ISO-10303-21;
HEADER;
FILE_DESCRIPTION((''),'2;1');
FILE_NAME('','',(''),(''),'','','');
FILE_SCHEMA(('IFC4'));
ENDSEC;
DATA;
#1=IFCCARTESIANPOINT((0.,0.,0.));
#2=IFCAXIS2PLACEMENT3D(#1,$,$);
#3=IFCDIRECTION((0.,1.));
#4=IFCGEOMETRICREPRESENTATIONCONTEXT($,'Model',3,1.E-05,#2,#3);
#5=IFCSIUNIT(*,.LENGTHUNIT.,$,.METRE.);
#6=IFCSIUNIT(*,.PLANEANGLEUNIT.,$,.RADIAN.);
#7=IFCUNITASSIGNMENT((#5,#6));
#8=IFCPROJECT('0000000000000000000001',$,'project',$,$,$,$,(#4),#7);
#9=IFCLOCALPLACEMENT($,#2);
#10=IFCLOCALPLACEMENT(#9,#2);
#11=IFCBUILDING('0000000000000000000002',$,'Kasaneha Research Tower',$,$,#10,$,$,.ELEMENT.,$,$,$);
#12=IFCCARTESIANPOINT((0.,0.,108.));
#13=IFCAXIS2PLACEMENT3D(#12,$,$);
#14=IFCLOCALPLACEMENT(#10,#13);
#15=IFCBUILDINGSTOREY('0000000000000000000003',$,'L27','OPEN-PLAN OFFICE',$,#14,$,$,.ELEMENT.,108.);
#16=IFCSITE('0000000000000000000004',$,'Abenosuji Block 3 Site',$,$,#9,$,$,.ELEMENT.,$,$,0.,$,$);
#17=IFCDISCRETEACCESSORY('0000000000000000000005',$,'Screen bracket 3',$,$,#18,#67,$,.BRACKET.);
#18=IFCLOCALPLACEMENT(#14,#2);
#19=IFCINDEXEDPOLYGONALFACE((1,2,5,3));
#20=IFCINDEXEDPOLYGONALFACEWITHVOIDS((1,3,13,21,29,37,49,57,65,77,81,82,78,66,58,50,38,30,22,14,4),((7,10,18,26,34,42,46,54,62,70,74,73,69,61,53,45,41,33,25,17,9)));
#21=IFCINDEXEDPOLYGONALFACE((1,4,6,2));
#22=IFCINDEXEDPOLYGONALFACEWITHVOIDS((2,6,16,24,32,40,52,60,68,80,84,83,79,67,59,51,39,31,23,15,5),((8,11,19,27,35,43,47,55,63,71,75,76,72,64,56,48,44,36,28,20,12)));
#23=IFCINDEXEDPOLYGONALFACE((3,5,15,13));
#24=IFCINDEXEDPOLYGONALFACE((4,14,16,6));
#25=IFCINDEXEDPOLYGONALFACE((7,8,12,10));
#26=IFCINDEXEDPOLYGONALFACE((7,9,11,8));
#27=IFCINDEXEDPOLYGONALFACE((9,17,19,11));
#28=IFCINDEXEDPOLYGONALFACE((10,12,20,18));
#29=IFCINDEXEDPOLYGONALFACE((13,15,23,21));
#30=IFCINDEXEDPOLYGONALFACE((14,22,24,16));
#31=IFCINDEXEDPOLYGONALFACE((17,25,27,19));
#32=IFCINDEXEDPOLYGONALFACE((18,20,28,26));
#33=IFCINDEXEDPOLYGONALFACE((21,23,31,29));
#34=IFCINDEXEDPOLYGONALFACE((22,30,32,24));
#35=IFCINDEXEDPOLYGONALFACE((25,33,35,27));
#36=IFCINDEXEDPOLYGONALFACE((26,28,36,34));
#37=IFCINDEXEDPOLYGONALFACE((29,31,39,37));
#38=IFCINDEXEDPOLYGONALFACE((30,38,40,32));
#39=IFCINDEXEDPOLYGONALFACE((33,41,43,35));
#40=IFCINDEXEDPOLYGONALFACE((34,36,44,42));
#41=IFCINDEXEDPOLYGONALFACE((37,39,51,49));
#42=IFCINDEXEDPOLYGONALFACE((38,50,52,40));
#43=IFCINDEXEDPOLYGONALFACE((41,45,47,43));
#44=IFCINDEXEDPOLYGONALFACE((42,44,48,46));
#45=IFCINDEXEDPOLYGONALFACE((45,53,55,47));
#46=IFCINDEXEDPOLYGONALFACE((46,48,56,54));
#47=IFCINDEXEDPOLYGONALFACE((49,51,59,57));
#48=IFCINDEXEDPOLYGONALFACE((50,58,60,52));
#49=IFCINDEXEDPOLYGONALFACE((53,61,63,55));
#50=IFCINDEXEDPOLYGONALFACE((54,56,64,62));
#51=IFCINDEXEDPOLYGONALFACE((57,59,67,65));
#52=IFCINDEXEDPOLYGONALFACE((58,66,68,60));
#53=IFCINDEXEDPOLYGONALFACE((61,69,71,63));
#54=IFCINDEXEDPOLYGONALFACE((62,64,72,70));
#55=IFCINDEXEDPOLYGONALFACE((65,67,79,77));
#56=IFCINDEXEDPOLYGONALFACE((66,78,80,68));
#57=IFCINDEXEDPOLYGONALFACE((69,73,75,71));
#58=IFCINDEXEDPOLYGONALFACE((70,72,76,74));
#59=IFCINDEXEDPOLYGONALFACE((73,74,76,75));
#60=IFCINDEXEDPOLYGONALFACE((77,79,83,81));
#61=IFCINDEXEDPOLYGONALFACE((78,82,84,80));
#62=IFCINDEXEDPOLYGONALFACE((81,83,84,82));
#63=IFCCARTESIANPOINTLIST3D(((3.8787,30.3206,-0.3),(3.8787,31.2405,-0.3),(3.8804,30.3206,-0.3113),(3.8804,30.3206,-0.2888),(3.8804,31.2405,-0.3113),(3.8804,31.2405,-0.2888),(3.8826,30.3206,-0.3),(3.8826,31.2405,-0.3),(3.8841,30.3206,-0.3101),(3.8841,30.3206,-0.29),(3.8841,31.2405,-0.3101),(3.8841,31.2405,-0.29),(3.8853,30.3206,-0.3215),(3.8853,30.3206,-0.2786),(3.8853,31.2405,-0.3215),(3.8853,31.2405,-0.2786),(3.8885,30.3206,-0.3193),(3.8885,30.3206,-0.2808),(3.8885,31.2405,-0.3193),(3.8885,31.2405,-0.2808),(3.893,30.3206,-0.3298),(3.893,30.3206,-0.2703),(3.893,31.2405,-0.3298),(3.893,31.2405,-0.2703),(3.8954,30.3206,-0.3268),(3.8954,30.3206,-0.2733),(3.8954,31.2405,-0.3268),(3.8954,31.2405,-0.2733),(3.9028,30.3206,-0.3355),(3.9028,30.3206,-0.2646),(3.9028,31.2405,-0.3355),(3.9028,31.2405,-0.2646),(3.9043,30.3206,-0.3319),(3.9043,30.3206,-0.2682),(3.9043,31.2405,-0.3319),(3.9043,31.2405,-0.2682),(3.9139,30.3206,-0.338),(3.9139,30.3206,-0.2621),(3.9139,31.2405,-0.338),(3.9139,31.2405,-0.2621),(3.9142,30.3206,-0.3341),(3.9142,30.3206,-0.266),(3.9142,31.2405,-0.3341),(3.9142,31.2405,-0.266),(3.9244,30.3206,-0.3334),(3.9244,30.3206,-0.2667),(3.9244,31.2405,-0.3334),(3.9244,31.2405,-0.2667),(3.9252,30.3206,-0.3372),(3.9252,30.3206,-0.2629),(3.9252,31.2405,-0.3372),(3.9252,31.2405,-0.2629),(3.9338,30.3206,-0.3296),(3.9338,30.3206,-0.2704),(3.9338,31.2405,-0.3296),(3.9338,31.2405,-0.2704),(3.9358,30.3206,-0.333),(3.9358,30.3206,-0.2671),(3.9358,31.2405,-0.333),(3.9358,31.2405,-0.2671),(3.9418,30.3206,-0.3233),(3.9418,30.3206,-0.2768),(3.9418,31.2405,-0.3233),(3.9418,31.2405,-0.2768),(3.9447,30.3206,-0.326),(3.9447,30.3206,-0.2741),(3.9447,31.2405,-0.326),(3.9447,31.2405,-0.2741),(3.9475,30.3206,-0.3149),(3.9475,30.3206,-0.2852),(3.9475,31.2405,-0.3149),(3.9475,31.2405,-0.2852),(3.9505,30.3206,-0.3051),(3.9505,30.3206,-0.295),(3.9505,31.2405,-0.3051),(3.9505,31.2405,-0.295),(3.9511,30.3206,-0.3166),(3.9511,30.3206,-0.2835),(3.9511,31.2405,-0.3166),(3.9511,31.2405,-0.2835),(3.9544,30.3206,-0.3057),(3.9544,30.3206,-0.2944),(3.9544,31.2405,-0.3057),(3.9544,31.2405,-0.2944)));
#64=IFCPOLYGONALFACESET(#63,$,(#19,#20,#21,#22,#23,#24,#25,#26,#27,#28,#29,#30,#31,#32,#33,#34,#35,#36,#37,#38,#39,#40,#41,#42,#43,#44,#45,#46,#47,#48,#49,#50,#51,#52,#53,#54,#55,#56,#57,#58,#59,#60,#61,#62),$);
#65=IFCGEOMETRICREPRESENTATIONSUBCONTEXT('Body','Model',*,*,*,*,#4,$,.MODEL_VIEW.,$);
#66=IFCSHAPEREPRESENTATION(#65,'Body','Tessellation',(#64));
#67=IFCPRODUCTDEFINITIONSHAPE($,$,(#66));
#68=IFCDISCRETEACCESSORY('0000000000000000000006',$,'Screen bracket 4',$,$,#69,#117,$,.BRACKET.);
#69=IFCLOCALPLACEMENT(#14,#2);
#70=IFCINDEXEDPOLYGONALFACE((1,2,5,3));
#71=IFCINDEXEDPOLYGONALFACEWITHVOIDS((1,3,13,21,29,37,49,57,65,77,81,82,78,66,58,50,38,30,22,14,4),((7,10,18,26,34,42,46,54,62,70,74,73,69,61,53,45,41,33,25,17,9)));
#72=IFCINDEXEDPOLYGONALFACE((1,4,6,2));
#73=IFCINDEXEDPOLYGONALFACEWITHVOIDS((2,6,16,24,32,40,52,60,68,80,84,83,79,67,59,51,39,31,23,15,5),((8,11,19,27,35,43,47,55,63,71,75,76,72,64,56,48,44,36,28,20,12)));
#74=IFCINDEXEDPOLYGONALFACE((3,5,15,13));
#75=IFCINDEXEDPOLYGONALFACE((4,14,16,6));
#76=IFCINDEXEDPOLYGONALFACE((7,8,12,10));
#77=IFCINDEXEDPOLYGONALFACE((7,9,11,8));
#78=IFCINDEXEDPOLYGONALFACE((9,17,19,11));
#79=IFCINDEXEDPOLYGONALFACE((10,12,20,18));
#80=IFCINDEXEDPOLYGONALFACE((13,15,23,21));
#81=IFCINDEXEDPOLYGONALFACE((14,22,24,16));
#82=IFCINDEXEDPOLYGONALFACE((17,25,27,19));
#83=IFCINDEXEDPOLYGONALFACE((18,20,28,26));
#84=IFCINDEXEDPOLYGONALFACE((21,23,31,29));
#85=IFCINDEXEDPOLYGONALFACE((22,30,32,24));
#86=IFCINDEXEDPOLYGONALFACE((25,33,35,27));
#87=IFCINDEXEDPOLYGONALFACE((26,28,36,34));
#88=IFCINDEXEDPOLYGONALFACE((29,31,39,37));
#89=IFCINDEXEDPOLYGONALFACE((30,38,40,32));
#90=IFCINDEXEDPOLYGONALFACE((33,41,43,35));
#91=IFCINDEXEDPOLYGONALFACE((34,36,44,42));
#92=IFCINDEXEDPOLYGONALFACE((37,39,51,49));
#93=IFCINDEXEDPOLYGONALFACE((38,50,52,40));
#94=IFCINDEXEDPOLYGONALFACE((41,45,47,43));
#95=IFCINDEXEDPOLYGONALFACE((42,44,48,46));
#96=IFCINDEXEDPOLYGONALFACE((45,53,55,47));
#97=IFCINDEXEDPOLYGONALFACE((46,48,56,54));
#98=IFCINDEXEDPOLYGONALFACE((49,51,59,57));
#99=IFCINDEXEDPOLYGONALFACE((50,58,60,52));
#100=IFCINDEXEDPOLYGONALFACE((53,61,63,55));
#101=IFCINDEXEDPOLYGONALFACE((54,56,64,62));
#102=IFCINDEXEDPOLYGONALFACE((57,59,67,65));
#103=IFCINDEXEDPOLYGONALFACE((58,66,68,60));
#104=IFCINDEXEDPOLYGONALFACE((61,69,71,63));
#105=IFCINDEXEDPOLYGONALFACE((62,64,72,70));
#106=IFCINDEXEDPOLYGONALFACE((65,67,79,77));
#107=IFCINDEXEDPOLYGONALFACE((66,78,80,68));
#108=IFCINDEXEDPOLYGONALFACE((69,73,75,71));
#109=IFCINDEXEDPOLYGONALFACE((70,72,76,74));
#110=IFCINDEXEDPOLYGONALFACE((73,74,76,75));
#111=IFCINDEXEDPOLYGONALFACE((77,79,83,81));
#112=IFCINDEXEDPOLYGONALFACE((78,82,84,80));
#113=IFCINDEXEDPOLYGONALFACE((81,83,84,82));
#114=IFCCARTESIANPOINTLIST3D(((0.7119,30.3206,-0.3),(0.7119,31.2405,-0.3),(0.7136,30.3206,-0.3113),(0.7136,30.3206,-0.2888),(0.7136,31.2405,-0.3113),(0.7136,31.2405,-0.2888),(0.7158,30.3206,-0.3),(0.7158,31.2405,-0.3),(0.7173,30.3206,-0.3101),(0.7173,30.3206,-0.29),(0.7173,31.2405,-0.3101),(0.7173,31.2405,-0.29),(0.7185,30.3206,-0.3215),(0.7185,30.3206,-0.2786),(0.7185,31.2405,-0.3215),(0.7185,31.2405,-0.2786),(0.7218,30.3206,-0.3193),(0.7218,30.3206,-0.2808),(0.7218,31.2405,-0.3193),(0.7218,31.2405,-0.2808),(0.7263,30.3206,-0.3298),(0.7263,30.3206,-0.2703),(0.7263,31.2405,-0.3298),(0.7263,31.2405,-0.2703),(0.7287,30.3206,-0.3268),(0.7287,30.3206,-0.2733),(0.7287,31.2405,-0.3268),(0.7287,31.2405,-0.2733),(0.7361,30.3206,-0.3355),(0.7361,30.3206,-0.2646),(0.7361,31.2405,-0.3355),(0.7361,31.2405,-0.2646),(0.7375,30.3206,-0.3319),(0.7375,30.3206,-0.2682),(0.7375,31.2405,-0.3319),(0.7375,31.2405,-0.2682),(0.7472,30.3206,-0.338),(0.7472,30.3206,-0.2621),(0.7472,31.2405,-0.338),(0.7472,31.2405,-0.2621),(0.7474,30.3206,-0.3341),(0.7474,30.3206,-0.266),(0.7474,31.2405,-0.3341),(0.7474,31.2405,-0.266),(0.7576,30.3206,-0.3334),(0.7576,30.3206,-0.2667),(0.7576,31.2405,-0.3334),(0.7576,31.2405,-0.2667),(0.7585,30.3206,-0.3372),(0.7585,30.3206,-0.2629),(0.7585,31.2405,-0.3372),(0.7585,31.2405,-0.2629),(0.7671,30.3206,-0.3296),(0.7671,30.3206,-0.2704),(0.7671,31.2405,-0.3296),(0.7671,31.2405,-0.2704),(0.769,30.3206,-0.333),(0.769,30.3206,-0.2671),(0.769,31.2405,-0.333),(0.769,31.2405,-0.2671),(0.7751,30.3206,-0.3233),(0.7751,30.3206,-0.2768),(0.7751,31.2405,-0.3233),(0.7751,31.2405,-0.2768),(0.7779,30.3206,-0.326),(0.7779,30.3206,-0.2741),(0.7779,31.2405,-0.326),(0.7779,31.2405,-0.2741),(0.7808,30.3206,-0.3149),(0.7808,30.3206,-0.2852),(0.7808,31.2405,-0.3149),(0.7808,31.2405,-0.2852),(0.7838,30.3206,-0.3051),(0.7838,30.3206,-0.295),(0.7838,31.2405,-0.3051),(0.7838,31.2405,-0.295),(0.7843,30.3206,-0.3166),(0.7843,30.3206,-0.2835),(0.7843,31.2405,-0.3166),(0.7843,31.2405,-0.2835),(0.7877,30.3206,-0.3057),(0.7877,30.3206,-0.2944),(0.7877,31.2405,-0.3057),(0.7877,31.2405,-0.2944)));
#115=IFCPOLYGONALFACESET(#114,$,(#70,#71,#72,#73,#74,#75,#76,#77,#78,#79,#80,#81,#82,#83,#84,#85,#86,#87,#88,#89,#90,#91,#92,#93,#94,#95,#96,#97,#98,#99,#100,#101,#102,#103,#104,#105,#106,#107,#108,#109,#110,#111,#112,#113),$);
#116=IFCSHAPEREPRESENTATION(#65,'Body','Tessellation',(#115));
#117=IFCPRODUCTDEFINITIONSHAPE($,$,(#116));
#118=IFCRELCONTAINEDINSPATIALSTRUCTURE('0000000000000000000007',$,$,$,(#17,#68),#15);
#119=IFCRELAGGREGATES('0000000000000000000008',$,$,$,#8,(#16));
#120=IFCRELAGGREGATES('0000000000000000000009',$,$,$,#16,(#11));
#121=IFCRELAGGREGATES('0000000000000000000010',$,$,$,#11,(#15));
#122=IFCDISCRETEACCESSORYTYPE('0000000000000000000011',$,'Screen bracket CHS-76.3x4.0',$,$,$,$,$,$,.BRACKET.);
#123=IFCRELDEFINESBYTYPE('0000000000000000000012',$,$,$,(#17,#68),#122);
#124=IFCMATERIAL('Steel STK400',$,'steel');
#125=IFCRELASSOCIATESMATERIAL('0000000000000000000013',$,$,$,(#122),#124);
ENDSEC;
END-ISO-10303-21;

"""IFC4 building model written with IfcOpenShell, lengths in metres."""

from ifc_helpers import new_model, si_unit, direction, frame, origin, origin_2d, place, context, subcontext, project, spatial, hollow_circle, extrude, material, material_profile, profile_set, type_object, element, save


model = new_model("IFC4")

# Units and contexts
model_context = context("Model", 3, precision=1e-05, world=origin(), true_north=direction((0.0, 1.0)))
body_context = subcontext(model_context, "Body", "Model", "MODEL_VIEW")
ifc_project = project(units=[si_unit("LENGTHUNIT", "METRE"), si_unit("PLANEANGLEUNIT", "RADIAN")], contexts=[model_context])

# Site, building, storey
site_placement = place(None, origin())
site = spatial("IfcSite", under=ifc_project, at=site_placement, Name="Abenosuji Block 3 Site", CompositionType="ELEMENT", RefElevation=0.0)
building_placement = place(site_placement, origin())
building = spatial("IfcBuilding", under=site, at=building_placement, Name="Kasaneha Research Tower", CompositionType="ELEMENT")
storey_placement = place(building_placement, frame((0.0, 0.0, 108.0)))
storey = spatial("IfcBuildingStorey", under=building, at=storey_placement, Name="L27", Description="OPEN-PLAN OFFICE", CompositionType="ELEMENT", Elevation=108.0)

# Discrete accessories
ifc_material_1 = material(Name="Steel STK400", Category="steel")
ifc_material_profile_1 = material_profile(ifc_material_1, hollow_circle(Radius=0.0381, WallThickness=0.0039, at=origin_2d()), Name="CHS-76.3x4.0")
ifc_profile_set_1 = profile_set([ifc_material_profile_1], Name="Steel STK400")
discrete_accessory_type = type_object("IfcDiscreteAccessoryType", Name="Screen bracket CHS-76.3x4.0", PredefinedType="BRACKET", material=ifc_profile_set_1)
for number, where, z_axis, x_axis, name in (
    (1, (3.9167, 30.3206, -0.3), (0.0, 1.0, 0.0), (-1.0, 0.0, 0.0), "Screen bracket 3"),
    (2, (0.75, 30.3206, -0.3), (0.0, 1.0, 0.0), (-1.0, 0.0, 0.0), "Screen bracket 4"),
):
    element("IfcDiscreteAccessory", number, at=place(storey_placement, frame(where, z_axis=z_axis, x_axis=x_axis)), inside=storey, type_object=discrete_accessory_type, Name=name, PredefinedType="BRACKET", context=body_context, shape_type="SweptSolid", body=[
        extrude(hollow_circle(Radius=0.0381, WallThickness=0.0039, at=origin_2d()), origin(), (0.0, 0.0, 1.0), 0.9199),
    ])

save(model, "model.ifc")
